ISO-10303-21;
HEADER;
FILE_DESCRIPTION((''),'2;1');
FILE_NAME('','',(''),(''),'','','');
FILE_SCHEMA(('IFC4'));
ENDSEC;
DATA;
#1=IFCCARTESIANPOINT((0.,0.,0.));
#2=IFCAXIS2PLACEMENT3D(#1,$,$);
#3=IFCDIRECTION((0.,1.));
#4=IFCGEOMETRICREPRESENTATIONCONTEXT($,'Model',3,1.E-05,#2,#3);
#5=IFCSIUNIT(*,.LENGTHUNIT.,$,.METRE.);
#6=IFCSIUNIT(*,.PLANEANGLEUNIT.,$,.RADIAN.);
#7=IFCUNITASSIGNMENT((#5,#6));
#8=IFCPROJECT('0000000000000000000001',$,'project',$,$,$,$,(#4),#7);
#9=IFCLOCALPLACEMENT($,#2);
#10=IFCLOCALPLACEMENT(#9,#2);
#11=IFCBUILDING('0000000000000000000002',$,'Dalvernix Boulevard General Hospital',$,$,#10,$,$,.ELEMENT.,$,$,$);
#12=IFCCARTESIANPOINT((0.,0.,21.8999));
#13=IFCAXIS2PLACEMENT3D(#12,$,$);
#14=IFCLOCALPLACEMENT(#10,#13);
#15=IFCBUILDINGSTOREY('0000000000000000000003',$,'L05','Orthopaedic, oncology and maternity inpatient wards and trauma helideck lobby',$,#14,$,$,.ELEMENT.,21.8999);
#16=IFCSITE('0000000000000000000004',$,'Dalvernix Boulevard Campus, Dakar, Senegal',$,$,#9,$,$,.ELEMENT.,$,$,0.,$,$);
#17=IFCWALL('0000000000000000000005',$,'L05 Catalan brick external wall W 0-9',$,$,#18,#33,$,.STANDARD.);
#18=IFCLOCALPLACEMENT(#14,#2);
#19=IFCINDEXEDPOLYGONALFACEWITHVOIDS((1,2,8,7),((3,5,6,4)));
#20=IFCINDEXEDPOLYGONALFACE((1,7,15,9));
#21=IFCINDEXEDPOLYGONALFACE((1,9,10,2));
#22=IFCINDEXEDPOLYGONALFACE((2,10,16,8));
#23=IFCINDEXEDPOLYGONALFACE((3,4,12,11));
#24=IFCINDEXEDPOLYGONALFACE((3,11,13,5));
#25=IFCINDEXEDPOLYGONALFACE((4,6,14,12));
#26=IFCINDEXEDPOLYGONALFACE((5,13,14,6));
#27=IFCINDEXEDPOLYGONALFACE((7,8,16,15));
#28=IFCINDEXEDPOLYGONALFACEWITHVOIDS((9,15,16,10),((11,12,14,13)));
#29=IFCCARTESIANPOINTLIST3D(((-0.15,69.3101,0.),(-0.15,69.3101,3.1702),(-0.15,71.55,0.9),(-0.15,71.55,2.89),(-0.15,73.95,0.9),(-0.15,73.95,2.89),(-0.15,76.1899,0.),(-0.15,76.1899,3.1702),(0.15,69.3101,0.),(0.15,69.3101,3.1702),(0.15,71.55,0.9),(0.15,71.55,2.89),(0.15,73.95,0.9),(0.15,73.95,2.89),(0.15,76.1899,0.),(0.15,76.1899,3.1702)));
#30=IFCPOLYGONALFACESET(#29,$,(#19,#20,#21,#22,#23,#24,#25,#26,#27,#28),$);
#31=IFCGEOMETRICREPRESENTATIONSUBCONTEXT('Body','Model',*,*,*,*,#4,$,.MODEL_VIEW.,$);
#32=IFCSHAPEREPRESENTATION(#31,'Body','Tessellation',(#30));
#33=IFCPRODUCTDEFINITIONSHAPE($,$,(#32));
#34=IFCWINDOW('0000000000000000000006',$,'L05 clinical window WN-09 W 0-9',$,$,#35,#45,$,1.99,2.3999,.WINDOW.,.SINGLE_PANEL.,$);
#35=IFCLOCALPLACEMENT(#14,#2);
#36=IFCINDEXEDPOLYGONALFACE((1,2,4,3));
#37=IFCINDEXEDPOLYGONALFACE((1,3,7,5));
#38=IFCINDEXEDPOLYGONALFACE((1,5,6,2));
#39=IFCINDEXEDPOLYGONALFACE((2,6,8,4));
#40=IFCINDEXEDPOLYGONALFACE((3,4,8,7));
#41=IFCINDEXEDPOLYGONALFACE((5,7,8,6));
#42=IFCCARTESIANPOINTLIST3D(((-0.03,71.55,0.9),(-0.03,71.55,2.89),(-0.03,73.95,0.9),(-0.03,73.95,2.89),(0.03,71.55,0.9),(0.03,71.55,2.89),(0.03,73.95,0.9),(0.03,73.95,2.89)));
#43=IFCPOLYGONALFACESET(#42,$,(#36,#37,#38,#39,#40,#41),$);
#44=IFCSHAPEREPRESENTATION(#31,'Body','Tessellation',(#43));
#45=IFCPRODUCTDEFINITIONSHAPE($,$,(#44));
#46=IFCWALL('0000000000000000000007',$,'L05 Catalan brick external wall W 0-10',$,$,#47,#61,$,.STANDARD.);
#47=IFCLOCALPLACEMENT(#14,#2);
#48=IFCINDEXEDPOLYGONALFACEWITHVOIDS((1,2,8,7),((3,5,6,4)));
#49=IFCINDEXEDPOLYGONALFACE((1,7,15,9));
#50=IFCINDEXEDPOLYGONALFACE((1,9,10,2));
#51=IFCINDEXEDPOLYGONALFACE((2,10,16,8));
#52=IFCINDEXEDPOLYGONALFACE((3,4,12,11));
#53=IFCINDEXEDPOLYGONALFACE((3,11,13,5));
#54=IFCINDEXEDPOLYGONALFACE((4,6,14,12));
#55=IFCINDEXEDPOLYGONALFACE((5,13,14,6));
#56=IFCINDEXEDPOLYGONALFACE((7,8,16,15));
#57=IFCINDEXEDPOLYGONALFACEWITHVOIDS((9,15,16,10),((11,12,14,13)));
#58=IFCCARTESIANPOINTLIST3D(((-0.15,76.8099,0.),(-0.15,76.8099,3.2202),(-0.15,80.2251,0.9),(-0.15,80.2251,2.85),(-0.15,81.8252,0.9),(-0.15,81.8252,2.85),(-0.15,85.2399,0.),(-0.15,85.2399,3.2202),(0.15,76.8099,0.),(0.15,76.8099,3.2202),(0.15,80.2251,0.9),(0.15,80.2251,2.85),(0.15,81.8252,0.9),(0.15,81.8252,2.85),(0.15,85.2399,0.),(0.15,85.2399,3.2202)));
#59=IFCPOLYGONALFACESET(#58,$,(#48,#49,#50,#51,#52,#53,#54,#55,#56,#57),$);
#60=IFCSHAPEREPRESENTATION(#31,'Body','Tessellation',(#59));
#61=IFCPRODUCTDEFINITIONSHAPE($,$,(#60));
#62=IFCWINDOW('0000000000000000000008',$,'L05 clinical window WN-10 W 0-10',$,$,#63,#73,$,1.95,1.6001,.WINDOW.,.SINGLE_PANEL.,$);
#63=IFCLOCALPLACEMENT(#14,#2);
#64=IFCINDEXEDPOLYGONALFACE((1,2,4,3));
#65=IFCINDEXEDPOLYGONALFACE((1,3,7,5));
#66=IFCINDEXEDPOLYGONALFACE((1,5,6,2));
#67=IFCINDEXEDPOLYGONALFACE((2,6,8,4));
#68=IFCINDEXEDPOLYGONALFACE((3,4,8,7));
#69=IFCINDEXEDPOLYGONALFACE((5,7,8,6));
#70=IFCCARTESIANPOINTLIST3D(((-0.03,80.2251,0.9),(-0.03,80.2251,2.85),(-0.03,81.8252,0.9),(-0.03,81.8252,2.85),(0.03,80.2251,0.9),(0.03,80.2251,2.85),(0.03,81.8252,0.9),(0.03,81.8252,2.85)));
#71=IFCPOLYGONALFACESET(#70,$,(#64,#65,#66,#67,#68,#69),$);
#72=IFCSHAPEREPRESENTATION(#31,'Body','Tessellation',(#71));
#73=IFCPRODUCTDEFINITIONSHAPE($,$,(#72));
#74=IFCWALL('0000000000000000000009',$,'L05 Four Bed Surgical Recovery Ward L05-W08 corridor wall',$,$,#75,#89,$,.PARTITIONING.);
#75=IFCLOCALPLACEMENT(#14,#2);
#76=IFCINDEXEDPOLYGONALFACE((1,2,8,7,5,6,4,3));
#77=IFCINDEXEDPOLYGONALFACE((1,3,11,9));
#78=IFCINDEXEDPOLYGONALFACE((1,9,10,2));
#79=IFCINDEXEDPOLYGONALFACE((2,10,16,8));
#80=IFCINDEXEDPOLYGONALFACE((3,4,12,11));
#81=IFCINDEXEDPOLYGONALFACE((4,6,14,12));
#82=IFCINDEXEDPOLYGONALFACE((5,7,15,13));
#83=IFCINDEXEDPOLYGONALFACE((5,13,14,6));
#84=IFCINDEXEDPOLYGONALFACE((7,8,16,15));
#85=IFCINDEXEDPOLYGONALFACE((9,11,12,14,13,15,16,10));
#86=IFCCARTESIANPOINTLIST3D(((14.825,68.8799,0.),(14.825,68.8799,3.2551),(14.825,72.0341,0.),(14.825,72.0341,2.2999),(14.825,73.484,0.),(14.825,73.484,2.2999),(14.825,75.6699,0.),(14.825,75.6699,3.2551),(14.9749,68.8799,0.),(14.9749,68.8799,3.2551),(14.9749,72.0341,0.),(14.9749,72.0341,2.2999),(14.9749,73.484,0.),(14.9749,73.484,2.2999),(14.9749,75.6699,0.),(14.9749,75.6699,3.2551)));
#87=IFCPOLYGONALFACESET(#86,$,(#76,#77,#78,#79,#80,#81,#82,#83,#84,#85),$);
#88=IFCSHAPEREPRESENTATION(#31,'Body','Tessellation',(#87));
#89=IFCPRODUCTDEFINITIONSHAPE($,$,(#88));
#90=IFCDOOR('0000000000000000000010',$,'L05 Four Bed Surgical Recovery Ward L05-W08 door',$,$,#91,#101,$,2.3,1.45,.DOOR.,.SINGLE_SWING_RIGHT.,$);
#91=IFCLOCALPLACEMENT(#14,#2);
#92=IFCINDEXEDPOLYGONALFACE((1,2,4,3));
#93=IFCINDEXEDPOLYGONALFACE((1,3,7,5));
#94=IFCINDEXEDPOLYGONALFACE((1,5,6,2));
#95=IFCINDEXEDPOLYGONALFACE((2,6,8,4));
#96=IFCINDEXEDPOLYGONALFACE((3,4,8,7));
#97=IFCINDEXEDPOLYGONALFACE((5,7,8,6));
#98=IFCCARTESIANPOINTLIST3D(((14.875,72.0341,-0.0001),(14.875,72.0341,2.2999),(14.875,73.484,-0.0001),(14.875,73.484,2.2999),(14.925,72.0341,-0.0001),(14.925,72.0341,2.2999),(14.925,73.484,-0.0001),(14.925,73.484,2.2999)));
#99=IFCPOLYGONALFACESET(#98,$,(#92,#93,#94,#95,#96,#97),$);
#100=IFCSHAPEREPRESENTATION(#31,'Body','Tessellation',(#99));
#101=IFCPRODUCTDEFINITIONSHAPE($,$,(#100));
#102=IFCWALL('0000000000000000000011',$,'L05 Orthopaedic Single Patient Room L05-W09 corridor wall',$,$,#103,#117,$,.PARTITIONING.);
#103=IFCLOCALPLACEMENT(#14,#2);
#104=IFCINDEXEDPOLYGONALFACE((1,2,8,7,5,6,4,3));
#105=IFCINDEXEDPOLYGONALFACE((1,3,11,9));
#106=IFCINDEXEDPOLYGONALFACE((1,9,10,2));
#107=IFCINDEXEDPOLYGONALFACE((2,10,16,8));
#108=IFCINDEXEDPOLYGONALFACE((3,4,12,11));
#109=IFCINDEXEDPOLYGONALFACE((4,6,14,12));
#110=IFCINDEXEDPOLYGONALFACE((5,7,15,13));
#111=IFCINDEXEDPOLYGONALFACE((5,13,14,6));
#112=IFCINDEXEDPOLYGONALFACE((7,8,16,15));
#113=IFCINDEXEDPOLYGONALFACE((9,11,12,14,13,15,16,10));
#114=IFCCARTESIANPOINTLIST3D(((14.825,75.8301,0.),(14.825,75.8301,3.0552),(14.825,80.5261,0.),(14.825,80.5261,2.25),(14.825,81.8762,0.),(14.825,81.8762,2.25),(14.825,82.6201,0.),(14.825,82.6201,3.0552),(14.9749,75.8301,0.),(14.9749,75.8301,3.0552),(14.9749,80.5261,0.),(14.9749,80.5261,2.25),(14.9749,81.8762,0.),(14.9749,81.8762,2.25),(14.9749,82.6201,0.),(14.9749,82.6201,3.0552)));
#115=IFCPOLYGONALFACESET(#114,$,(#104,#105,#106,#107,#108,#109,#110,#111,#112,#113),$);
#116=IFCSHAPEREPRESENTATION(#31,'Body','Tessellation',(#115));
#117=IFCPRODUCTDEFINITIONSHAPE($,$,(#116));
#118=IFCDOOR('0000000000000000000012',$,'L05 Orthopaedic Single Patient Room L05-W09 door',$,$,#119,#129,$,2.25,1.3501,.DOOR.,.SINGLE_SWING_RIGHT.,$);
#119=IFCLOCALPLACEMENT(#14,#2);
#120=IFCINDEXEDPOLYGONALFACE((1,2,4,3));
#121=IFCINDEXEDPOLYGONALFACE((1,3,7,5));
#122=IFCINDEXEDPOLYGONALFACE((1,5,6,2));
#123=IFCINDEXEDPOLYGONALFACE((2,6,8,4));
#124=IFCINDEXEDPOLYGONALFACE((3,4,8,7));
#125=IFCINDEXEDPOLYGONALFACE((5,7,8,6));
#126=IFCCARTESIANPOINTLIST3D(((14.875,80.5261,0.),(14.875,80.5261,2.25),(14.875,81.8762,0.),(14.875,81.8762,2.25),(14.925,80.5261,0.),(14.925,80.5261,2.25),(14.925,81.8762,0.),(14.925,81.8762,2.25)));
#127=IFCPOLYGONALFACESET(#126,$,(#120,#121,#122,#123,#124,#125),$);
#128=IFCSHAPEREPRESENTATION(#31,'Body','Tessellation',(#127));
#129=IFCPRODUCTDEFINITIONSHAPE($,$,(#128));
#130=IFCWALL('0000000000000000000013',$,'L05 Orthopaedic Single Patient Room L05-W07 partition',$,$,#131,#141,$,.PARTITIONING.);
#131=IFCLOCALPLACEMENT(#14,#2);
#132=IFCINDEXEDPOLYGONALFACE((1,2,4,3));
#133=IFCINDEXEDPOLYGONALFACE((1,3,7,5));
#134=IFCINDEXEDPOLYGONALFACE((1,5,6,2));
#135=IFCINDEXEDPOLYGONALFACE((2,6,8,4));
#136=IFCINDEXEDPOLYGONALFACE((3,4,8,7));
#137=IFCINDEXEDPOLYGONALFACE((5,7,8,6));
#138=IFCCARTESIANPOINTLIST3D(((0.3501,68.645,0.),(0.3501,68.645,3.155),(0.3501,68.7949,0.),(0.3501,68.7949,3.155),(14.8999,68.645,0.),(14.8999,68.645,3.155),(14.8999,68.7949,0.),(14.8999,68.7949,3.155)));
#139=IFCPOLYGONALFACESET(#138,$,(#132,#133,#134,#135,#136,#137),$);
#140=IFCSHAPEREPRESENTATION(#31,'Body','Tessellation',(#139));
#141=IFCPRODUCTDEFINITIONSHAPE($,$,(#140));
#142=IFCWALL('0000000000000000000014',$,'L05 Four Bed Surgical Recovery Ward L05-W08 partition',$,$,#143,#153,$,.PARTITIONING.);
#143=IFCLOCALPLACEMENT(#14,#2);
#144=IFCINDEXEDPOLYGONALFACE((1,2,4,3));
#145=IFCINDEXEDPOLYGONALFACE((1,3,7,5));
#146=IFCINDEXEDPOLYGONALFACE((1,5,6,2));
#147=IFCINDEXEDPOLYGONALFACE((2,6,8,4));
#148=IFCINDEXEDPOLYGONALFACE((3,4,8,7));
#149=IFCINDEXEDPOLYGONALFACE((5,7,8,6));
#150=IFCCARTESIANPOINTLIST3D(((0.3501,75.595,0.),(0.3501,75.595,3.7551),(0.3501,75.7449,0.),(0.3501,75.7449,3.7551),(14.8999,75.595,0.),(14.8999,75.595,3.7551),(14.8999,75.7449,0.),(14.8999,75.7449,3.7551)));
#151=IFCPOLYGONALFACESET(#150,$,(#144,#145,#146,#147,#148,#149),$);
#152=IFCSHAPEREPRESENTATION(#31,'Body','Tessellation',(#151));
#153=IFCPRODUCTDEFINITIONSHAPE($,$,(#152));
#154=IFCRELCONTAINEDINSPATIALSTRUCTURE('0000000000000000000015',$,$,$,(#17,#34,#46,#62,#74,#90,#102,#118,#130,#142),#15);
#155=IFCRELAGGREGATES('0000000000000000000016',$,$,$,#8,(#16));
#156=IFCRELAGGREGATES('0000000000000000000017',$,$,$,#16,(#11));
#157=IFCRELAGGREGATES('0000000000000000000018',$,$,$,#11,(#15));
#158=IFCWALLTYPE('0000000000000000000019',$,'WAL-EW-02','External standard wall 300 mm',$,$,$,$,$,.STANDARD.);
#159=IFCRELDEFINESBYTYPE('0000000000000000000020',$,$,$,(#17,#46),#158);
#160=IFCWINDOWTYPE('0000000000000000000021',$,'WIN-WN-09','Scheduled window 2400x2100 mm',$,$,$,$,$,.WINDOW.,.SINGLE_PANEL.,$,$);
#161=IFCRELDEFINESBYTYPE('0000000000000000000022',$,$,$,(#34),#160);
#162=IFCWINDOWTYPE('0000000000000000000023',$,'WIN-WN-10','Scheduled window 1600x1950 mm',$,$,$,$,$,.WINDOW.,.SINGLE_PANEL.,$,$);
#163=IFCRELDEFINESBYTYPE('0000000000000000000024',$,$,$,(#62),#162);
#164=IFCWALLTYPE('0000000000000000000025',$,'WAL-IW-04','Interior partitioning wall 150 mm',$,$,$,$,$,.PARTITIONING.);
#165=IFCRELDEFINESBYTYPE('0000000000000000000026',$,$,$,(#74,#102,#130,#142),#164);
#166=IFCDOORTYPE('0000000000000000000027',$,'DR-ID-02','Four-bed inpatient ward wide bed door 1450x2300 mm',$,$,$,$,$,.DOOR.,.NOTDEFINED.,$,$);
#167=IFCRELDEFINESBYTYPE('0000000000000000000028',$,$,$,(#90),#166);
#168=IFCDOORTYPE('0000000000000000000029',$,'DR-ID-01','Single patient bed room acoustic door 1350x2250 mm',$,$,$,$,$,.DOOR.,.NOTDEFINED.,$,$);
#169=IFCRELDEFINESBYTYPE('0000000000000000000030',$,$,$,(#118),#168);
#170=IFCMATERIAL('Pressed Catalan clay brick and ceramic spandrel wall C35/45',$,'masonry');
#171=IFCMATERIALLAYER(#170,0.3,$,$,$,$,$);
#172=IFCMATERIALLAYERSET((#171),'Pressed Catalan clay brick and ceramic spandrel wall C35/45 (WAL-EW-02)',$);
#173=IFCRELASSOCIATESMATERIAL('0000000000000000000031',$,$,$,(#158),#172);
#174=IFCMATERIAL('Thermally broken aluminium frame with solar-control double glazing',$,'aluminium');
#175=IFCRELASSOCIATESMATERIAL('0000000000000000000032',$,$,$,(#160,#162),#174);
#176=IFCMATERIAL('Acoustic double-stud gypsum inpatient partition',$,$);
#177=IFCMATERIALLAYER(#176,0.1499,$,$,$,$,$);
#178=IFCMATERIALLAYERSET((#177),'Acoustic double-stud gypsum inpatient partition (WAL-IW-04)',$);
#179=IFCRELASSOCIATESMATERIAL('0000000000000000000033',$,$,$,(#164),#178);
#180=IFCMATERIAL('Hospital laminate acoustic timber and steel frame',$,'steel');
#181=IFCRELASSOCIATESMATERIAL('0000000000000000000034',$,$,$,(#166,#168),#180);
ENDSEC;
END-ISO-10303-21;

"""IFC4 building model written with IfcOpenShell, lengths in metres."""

from ifc_helpers import new_model, si_unit, direction, frame, frame_2d, origin, place, context, subcontext, project, spatial, rectangle, extrude, material, layer, layer_set, type_object, element, fill, save


model = new_model("IFC4")

# Units and contexts
model_context = context("Model", 3, precision=1e-05, world=origin(), true_north=direction((0.0, 1.0)))
body_context = subcontext(model_context, "Body", "Model", "MODEL_VIEW")
ifc_project = project(units=[si_unit("LENGTHUNIT", "METRE"), si_unit("PLANEANGLEUNIT", "RADIAN")], contexts=[model_context])

# Site, building, storey
site_placement = place(None, origin())
site = spatial("IfcSite", under=ifc_project, at=site_placement, Name="Dalvernix Boulevard Campus, Dakar, Senegal", CompositionType="ELEMENT", RefElevation=0.0)
building_placement = place(site_placement, origin())
building = spatial("IfcBuilding", under=site, at=building_placement, Name="Dalvernix Boulevard General Hospital", CompositionType="ELEMENT")
storey_placement = place(building_placement, frame((0.0, 0.0, 21.8999)))
storey = spatial("IfcBuildingStorey", under=building, at=storey_placement, Name="L05", Description="Orthopaedic, oncology and maternity inpatient wards and trauma helideck lobby", CompositionType="ELEMENT", Elevation=21.8999)

# Walls, openings, windows
ifc_material_1 = material(Name="Pressed Catalan clay brick and ceramic spandrel wall C35/45", Category="masonry")
ifc_layer_1 = layer(ifc_material_1, 0.3)
ifc_layer_set_1 = layer_set([ifc_layer_1], Name="Pressed Catalan clay brick and ceramic spandrel wall C35/45 (WAL-EW-02)")
wall_type_1 = type_object("IfcWallType", Name="WAL-EW-02", Description="External standard wall 300 mm", PredefinedType="STANDARD", material=ifc_layer_set_1)
wall_1_placement = place(storey_placement, frame((0.0, 69.3101, 0.0), z_axis=(0.0, 0.0, 1.0), x_axis=(0.0, 1.0, 0.0)))
wall_1 = element("IfcWall", 1, at=wall_1_placement, inside=storey, type_object=wall_type_1, Name="L05 Catalan brick external wall W 0-9", PredefinedType="STANDARD", context=body_context, shape_type="SweptSolid", body=[
    extrude(rectangle(XDim=6.8799, YDim=0.3, at=frame_2d((3.4399, 0.0))), origin(), (0.0, 0.0, 1.0), 3.1702),
])
opening_1_placement = place(wall_1_placement, frame((2.24, 0.0, 0.8999)))
opening_1 = element("IfcOpeningElement", 2, at=opening_1_placement, cuts=wall_1, PredefinedType="OPENING", context=body_context, shape_type="SweptSolid", body=[
    extrude(rectangle(XDim=2.3999, YDim=1.99, at=frame_2d((1.2, 0.9951))), frame((0.0, 0.1599, 0.0), z_axis=(0.0, -1.0, 0.0), x_axis=(1.0, 0.0, 0.0)), (0.0, 0.0, 1.0), 0.3201),
])
ifc_material_2 = material(Name="Thermally broken aluminium frame with solar-control double glazing", Category="aluminium")
window_type_1 = type_object("IfcWindowType", Name="WIN-WN-09", Description="Scheduled window 2400x2100 mm", PartitioningType="SINGLE_PANEL", PredefinedType="WINDOW", material=ifc_material_2)
window_1_placement = place(opening_1_placement, origin())
window_1 = element("IfcWindow", 3, at=window_1_placement, inside=storey, type_object=window_type_1, Name="L05 clinical window WN-09 W 0-9", OverallHeight=1.99, OverallWidth=2.3999, PartitioningType="SINGLE_PANEL", PredefinedType="WINDOW", context=body_context, shape_type="SweptSolid", body=[
    extrude(rectangle(XDim=2.3999, YDim=1.99, at=frame_2d((1.2, 0.9951))), frame((0.0, 0.03, 0.0), z_axis=(0.0, -1.0, 0.0), x_axis=(1.0, 0.0, 0.0)), (0.0, 0.0, 1.0), 0.0601),
])
fill(opening_1, window_1)
wall_2_placement = place(storey_placement, frame((0.0, 76.8101, 0.0), z_axis=(0.0, 0.0, 1.0), x_axis=(0.0, 1.0, 0.0)))
wall_2 = element("IfcWall", 4, at=wall_2_placement, inside=storey, type_object=wall_type_1, Name="L05 Catalan brick external wall W 0-10", PredefinedType="STANDARD", context=body_context, shape_type="SweptSolid", body=[
    extrude(rectangle(XDim=8.4299, YDim=0.3, at=frame_2d((4.2148, 0.0))), origin(), (0.0, 0.0, 1.0), 3.2202),
])
opening_2_placement = place(wall_2_placement, frame((3.415, 0.0, 0.8999)))
opening_2 = element("IfcOpeningElement", 5, at=opening_2_placement, cuts=wall_2, PredefinedType="OPENING", context=body_context, shape_type="SweptSolid", body=[
    extrude(rectangle(XDim=1.6001, YDim=1.95, at=frame_2d((0.8, 0.9751))), frame((0.0, 0.1599, 0.0), z_axis=(0.0, -1.0, 0.0), x_axis=(1.0, 0.0, 0.0)), (0.0, 0.0, 1.0), 0.3201),
])
window_type_2 = type_object("IfcWindowType", Name="WIN-WN-10", Description="Scheduled window 1600x1950 mm", PartitioningType="SINGLE_PANEL", PredefinedType="WINDOW", material=ifc_material_2)
window_2_placement = place(opening_2_placement, origin())
window_2 = element("IfcWindow", 6, at=window_2_placement, inside=storey, type_object=window_type_2, Name="L05 clinical window WN-10 W 0-10", OverallHeight=1.95, OverallWidth=1.6001, PartitioningType="SINGLE_PANEL", PredefinedType="WINDOW", context=body_context, shape_type="SweptSolid", body=[
    extrude(rectangle(XDim=1.6001, YDim=1.95, at=frame_2d((0.8, 0.9751))), frame((0.0, 0.03, 0.0), z_axis=(0.0, -1.0, 0.0), x_axis=(1.0, 0.0, 0.0)), (0.0, 0.0, 1.0), 0.0601),
])
fill(opening_2, window_2)

# Walls, openings, doors
ifc_material_3 = material(Name="Acoustic double-stud gypsum inpatient partition")
ifc_layer_2 = layer(ifc_material_3, 0.1499)
ifc_layer_set_2 = layer_set([ifc_layer_2], Name="Acoustic double-stud gypsum inpatient partition (WAL-IW-04)")
wall_type_2 = type_object("IfcWallType", Name="WAL-IW-04", Description="Interior partitioning wall 150 mm", PredefinedType="PARTITIONING", material=ifc_layer_set_2)
wall_3_placement = place(storey_placement, frame((14.8999, 68.8799, 0.0), z_axis=(0.0, 0.0, 1.0), x_axis=(0.0, 1.0, 0.0)))
wall_3 = element("IfcWall", 7, at=wall_3_placement, inside=storey, type_object=wall_type_2, Name="L05 Four Bed Surgical Recovery Ward L05-W08 corridor wall", PredefinedType="PARTITIONING", context=body_context, shape_type="SweptSolid", body=[
    extrude(rectangle(XDim=6.79, YDim=0.1499, at=frame_2d((3.395, 0.0))), origin(), (0.0, 0.0, 1.0), 3.2551),
])
opening_3_placement = place(wall_3_placement, frame((3.1541, 0.0, 0.0)))
opening_3 = element("IfcOpeningElement", 8, at=opening_3_placement, cuts=wall_3, PredefinedType="OPENING", context=body_context, shape_type="SweptSolid", body=[
    extrude(rectangle(XDim=1.45, YDim=2.3, at=frame_2d((0.7251, 1.1499))), frame((0.0, 0.085, 0.0), z_axis=(0.0, -1.0, 0.0), x_axis=(1.0, 0.0, 0.0)), (0.0, 0.0, 1.0), 0.1699),
])
ifc_material_4 = material(Name="Hospital laminate acoustic timber and steel frame", Category="steel")
door_type_1 = type_object("IfcDoorType", Name="DR-ID-02", Description="Four-bed inpatient ward wide bed door 1450x2300 mm", OperationType="NOTDEFINED", PredefinedType="DOOR", material=ifc_material_4)
door_1_placement = place(opening_3_placement, origin())
door_1 = element("IfcDoor", 9, at=door_1_placement, inside=storey, type_object=door_type_1, Name="L05 Four Bed Surgical Recovery Ward L05-W08 door", OperationType="SINGLE_SWING_RIGHT", OverallHeight=2.3, OverallWidth=1.45, PredefinedType="DOOR", context=body_context, shape_type="SweptSolid", body=[
    extrude(rectangle(XDim=1.45, YDim=2.3, at=frame_2d((0.7251, 1.1499))), frame((0.0, 0.0249, 0.0), z_axis=(0.0, -1.0, 0.0), x_axis=(1.0, 0.0, 0.0)), (0.0, 0.0, 1.0), 0.05),
])
fill(opening_3, door_1)
wall_4_placement = place(storey_placement, frame((14.8999, 75.8301, 0.0), z_axis=(0.0, 0.0, 1.0), x_axis=(0.0, 1.0, 0.0)))
wall_4 = element("IfcWall", 10, at=wall_4_placement, inside=storey, type_object=wall_type_2, Name="L05 Orthopaedic Single Patient Room L05-W09 corridor wall", PredefinedType="PARTITIONING", context=body_context, shape_type="SweptSolid", body=[
    extrude(rectangle(XDim=6.79, YDim=0.1499, at=frame_2d((3.395, 0.0))), origin(), (0.0, 0.0, 1.0), 3.0552),
])
opening_4_placement = place(wall_4_placement, frame((4.696, 0.0, 0.0)))
opening_4 = element("IfcOpeningElement", 11, at=opening_4_placement, cuts=wall_4, PredefinedType="OPENING", context=body_context, shape_type="SweptSolid", body=[
    extrude(rectangle(XDim=1.3501, YDim=2.25, at=frame_2d((0.675, 1.125))), frame((0.0, 0.085, 0.0), z_axis=(0.0, -1.0, 0.0), x_axis=(1.0, 0.0, 0.0)), (0.0, 0.0, 1.0), 0.1699),
])
door_type_2 = type_object("IfcDoorType", Name="DR-ID-01", Description="Single patient bed room acoustic door 1350x2250 mm", OperationType="NOTDEFINED", PredefinedType="DOOR", material=ifc_material_4)
door_2_placement = place(opening_4_placement, origin())
door_2 = element("IfcDoor", 12, at=door_2_placement, inside=storey, type_object=door_type_2, Name="L05 Orthopaedic Single Patient Room L05-W09 door", OperationType="SINGLE_SWING_RIGHT", OverallHeight=2.25, OverallWidth=1.3501, PredefinedType="DOOR", context=body_context, shape_type="SweptSolid", body=[
    extrude(rectangle(XDim=1.3501, YDim=2.25, at=frame_2d((0.675, 1.125))), frame((0.0, 0.0249, 0.0), z_axis=(0.0, -1.0, 0.0), x_axis=(1.0, 0.0, 0.0)), (0.0, 0.0, 1.0), 0.05),
])
fill(opening_4, door_2)

# Walls
wall_5_placement = place(storey_placement, frame((0.3501, 68.72, 0.0), z_axis=(0.0, 0.0, 1.0), x_axis=(1.0, 0.0, 0.0)))
element("IfcWall", 13, at=wall_5_placement, inside=storey, type_object=wall_type_2, Name="L05 Orthopaedic Single Patient Room L05-W07 partition", PredefinedType="PARTITIONING", context=body_context, shape_type="SweptSolid", body=[
    extrude(rectangle(XDim=14.5498, YDim=0.1499, at=frame_2d((7.2749, 0.0))), origin(), (0.0, 0.0, 1.0), 3.155),
])
wall_6_placement = place(storey_placement, frame((0.3501, 75.6699, 0.0), z_axis=(0.0, 0.0, 1.0), x_axis=(1.0, 0.0, 0.0)))
element("IfcWall", 14, at=wall_6_placement, inside=storey, type_object=wall_type_2, Name="L05 Four Bed Surgical Recovery Ward L05-W08 partition", PredefinedType="PARTITIONING", context=body_context, shape_type="SweptSolid", body=[
    extrude(rectangle(XDim=14.5498, YDim=0.1499, at=frame_2d((7.2749, 0.0))), origin(), (0.0, 0.0, 1.0), 3.7551),
])

save(model, "model.ifc")
